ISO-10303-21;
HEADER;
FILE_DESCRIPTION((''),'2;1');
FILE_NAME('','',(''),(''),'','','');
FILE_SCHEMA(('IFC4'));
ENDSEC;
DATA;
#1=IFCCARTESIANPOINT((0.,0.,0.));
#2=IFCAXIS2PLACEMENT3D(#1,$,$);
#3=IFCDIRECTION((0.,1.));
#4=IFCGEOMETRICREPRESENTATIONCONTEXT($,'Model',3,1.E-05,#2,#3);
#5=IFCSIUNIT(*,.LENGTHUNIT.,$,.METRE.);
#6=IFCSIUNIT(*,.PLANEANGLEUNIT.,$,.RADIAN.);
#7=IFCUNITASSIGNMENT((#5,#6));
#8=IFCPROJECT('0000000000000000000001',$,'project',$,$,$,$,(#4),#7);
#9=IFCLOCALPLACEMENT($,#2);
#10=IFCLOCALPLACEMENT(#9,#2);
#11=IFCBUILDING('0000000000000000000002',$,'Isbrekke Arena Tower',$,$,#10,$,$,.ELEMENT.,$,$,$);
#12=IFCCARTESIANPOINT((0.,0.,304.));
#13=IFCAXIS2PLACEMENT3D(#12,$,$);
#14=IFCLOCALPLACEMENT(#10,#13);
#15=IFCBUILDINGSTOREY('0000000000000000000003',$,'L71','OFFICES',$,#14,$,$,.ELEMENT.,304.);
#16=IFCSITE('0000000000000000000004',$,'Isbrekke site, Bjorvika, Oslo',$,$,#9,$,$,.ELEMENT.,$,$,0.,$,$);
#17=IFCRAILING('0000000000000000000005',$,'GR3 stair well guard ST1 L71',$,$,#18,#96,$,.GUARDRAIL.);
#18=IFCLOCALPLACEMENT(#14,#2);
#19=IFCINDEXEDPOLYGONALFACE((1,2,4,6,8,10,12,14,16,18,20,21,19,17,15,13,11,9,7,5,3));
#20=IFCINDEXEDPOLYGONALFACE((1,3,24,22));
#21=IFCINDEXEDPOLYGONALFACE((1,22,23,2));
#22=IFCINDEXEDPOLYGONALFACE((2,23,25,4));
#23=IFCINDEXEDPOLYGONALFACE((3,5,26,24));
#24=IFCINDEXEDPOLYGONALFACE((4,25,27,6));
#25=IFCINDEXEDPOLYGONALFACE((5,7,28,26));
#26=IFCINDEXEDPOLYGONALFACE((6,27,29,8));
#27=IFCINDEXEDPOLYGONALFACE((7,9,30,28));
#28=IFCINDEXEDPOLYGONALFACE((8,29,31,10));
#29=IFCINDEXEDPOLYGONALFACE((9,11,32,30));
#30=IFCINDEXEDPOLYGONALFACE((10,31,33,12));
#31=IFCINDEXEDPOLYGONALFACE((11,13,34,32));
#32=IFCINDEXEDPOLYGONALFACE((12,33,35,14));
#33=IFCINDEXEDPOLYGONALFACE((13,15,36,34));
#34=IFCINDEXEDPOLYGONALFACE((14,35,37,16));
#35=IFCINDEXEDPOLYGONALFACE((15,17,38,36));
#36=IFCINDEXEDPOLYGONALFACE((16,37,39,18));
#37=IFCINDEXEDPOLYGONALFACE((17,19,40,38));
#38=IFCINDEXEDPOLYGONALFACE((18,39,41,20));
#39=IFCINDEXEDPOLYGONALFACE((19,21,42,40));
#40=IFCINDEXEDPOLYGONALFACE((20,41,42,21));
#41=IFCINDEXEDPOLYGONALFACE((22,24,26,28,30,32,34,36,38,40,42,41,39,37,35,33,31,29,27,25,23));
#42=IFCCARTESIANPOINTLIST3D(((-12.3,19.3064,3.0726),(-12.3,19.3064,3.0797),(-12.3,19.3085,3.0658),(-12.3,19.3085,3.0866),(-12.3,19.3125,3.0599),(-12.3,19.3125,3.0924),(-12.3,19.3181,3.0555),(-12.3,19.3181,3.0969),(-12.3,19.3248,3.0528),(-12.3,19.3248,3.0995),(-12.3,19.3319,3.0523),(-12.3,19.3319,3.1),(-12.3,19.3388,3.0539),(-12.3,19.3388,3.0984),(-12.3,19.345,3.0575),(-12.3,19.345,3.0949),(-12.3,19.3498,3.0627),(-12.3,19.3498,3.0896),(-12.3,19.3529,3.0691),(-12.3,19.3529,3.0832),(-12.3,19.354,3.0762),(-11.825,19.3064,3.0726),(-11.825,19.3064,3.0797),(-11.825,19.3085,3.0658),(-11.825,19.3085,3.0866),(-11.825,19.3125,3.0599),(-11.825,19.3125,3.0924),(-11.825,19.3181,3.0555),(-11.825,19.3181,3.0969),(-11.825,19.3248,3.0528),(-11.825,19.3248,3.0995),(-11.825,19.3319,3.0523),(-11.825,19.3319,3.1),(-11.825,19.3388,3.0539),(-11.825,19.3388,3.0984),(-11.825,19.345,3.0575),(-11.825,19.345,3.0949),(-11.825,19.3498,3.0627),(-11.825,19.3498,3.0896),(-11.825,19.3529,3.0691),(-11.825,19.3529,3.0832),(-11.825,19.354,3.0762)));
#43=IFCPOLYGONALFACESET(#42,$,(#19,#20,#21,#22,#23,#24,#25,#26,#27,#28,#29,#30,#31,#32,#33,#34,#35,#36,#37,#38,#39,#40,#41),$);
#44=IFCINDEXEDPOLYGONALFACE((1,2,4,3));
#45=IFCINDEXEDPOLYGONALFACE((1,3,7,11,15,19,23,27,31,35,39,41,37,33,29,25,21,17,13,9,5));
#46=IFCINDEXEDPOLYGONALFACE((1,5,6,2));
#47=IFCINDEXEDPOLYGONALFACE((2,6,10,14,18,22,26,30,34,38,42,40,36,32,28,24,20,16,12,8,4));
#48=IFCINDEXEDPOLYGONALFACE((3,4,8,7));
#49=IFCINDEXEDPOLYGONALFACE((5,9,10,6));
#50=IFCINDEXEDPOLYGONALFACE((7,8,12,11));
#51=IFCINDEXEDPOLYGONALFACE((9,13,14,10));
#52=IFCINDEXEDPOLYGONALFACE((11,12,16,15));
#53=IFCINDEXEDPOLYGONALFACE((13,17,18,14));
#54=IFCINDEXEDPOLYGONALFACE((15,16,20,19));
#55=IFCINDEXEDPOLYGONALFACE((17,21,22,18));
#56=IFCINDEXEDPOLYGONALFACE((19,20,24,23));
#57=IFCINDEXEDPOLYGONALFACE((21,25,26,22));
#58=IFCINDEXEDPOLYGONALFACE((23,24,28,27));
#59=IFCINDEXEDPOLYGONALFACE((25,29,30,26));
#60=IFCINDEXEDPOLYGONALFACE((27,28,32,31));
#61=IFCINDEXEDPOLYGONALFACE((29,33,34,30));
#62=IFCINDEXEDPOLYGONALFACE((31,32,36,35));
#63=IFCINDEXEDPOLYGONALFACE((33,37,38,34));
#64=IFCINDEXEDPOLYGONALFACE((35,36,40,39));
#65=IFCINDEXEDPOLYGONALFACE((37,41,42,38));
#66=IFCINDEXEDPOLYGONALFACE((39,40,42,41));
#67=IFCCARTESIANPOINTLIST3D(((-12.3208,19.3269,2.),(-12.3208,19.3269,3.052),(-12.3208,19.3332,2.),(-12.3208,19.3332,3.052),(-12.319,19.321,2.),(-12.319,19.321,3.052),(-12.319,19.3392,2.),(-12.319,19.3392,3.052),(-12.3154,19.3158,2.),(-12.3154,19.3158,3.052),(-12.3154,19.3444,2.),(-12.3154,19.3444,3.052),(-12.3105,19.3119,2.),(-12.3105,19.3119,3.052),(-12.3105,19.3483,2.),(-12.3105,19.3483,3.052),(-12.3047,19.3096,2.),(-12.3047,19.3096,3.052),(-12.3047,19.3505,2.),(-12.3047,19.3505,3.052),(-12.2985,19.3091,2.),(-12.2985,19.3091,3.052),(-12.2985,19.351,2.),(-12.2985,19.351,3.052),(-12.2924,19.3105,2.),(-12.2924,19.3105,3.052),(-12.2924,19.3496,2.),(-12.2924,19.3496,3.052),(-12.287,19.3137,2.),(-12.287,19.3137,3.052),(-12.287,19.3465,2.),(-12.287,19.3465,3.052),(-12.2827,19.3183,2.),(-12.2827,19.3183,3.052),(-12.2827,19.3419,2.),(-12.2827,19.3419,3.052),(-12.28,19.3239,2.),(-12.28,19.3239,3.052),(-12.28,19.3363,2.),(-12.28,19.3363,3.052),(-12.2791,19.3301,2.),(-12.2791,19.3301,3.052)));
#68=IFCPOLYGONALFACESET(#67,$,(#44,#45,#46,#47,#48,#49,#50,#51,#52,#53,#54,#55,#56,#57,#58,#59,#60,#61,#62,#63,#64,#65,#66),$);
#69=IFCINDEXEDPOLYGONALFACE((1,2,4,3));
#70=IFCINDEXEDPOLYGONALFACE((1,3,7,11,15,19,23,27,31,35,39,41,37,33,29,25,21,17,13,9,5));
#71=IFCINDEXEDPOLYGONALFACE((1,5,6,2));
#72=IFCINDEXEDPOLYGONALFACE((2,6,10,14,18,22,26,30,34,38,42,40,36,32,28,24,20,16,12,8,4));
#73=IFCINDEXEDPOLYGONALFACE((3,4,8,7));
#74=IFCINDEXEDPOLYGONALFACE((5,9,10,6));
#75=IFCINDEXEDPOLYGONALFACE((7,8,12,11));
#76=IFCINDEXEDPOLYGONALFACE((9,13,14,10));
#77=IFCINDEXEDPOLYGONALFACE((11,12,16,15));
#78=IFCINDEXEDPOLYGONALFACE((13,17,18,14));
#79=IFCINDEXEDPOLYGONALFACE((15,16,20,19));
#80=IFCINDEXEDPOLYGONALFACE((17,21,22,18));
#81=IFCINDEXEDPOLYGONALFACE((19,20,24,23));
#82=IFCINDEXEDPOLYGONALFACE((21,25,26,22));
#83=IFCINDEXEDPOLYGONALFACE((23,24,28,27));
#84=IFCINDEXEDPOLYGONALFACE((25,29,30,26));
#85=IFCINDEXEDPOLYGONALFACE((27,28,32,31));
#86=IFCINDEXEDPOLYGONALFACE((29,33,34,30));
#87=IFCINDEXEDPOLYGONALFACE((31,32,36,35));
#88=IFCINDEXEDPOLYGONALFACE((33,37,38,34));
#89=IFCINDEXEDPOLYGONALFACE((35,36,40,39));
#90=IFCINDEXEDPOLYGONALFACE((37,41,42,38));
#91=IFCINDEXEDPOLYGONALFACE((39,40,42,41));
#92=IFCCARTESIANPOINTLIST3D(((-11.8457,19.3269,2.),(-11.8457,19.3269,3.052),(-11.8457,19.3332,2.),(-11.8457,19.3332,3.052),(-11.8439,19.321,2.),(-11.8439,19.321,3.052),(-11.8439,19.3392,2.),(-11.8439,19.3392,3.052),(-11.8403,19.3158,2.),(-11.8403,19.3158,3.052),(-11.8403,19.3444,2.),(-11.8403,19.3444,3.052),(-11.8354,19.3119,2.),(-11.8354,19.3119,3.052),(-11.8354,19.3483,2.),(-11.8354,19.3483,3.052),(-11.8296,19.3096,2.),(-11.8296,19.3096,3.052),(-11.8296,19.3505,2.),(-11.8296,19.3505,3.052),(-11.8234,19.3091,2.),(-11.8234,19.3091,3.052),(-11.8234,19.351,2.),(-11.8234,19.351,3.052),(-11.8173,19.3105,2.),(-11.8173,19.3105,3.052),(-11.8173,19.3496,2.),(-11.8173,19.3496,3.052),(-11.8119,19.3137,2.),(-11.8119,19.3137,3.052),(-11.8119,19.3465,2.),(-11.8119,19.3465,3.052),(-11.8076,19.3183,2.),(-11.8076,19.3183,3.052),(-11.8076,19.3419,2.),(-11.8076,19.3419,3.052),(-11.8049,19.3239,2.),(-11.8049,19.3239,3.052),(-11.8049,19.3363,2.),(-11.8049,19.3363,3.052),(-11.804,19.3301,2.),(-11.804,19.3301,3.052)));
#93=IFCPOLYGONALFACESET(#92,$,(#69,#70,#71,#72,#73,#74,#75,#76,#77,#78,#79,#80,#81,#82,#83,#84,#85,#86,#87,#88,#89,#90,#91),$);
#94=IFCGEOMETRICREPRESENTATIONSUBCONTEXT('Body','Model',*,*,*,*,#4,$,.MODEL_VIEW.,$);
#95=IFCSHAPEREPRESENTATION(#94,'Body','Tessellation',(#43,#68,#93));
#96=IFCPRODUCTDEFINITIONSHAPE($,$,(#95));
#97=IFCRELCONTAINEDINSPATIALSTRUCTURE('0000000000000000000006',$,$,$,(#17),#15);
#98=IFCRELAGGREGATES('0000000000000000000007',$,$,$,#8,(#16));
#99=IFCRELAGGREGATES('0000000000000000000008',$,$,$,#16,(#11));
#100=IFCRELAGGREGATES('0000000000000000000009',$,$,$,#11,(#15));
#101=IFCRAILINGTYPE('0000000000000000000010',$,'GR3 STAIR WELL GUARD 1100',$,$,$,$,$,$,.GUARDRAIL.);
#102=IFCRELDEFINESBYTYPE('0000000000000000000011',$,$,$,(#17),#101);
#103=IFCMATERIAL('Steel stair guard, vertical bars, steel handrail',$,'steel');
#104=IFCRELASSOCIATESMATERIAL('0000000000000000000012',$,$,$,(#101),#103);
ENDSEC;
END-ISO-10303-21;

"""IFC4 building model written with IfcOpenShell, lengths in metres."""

from ifc_helpers import new_model, si_unit, direction, frame, origin, origin_2d, place, context, subcontext, project, spatial, circle, extrude, material, type_object, element, save


model = new_model("IFC4")

# Units and contexts
model_context = context("Model", 3, precision=1e-05, world=origin(), true_north=direction((0.0, 1.0)))
body_context = subcontext(model_context, "Body", "Model", "MODEL_VIEW")
ifc_project = project(units=[si_unit("LENGTHUNIT", "METRE"), si_unit("PLANEANGLEUNIT", "RADIAN")], contexts=[model_context])

# Site, building, storey
site_placement = place(None, origin())
site = spatial("IfcSite", under=ifc_project, at=site_placement, Name="Isbrekke site, Bjorvika, Oslo", CompositionType="ELEMENT", RefElevation=0.0)
building_placement = place(site_placement, origin())
building = spatial("IfcBuilding", under=site, at=building_placement, Name="Isbrekke Arena Tower", CompositionType="ELEMENT")
storey_placement = place(building_placement, frame((0.0, 0.0, 304.0)))
storey = spatial("IfcBuildingStorey", under=building, at=storey_placement, Name="L71", Description="OFFICES", CompositionType="ELEMENT", Elevation=304.0)

# Railing
ifc_material_1 = material(Name="Steel stair guard, vertical bars, steel handrail", Category="steel")
railing_type = type_object("IfcRailingType", Name="GR3 STAIR WELL GUARD 1100", PredefinedType="GUARDRAIL", material=ifc_material_1)
for number, where, name in (
    (1, (-12.3, 19.3301, 2.0), "GR3 stair well guard ST1 L71"),
):
    element("IfcRailing", number, at=place(storey_placement, frame(where)), inside=storey, type_object=railing_type, Name=name, PredefinedType="GUARDRAIL", context=body_context, shape_type="SweptSolid", body=[
        extrude(circle(Radius=0.0239, at=origin_2d()), frame((0.0, 0.0, 1.0762), z_axis=(1.0, 0.0, 0.0), x_axis=(0.0, 1.0, 0.0)), (0.0, 0.0, 1.0), 0.4751),
        extrude(circle(Radius=0.021, at=origin_2d()), origin(), (0.0, 0.0, 1.0), 1.052),
        extrude(circle(Radius=0.021, at=origin_2d()), frame((0.4751, 0.0, 0.0)), (0.0, 0.0, 1.0), 1.052),
    ])

save(model, "model.ifc")
